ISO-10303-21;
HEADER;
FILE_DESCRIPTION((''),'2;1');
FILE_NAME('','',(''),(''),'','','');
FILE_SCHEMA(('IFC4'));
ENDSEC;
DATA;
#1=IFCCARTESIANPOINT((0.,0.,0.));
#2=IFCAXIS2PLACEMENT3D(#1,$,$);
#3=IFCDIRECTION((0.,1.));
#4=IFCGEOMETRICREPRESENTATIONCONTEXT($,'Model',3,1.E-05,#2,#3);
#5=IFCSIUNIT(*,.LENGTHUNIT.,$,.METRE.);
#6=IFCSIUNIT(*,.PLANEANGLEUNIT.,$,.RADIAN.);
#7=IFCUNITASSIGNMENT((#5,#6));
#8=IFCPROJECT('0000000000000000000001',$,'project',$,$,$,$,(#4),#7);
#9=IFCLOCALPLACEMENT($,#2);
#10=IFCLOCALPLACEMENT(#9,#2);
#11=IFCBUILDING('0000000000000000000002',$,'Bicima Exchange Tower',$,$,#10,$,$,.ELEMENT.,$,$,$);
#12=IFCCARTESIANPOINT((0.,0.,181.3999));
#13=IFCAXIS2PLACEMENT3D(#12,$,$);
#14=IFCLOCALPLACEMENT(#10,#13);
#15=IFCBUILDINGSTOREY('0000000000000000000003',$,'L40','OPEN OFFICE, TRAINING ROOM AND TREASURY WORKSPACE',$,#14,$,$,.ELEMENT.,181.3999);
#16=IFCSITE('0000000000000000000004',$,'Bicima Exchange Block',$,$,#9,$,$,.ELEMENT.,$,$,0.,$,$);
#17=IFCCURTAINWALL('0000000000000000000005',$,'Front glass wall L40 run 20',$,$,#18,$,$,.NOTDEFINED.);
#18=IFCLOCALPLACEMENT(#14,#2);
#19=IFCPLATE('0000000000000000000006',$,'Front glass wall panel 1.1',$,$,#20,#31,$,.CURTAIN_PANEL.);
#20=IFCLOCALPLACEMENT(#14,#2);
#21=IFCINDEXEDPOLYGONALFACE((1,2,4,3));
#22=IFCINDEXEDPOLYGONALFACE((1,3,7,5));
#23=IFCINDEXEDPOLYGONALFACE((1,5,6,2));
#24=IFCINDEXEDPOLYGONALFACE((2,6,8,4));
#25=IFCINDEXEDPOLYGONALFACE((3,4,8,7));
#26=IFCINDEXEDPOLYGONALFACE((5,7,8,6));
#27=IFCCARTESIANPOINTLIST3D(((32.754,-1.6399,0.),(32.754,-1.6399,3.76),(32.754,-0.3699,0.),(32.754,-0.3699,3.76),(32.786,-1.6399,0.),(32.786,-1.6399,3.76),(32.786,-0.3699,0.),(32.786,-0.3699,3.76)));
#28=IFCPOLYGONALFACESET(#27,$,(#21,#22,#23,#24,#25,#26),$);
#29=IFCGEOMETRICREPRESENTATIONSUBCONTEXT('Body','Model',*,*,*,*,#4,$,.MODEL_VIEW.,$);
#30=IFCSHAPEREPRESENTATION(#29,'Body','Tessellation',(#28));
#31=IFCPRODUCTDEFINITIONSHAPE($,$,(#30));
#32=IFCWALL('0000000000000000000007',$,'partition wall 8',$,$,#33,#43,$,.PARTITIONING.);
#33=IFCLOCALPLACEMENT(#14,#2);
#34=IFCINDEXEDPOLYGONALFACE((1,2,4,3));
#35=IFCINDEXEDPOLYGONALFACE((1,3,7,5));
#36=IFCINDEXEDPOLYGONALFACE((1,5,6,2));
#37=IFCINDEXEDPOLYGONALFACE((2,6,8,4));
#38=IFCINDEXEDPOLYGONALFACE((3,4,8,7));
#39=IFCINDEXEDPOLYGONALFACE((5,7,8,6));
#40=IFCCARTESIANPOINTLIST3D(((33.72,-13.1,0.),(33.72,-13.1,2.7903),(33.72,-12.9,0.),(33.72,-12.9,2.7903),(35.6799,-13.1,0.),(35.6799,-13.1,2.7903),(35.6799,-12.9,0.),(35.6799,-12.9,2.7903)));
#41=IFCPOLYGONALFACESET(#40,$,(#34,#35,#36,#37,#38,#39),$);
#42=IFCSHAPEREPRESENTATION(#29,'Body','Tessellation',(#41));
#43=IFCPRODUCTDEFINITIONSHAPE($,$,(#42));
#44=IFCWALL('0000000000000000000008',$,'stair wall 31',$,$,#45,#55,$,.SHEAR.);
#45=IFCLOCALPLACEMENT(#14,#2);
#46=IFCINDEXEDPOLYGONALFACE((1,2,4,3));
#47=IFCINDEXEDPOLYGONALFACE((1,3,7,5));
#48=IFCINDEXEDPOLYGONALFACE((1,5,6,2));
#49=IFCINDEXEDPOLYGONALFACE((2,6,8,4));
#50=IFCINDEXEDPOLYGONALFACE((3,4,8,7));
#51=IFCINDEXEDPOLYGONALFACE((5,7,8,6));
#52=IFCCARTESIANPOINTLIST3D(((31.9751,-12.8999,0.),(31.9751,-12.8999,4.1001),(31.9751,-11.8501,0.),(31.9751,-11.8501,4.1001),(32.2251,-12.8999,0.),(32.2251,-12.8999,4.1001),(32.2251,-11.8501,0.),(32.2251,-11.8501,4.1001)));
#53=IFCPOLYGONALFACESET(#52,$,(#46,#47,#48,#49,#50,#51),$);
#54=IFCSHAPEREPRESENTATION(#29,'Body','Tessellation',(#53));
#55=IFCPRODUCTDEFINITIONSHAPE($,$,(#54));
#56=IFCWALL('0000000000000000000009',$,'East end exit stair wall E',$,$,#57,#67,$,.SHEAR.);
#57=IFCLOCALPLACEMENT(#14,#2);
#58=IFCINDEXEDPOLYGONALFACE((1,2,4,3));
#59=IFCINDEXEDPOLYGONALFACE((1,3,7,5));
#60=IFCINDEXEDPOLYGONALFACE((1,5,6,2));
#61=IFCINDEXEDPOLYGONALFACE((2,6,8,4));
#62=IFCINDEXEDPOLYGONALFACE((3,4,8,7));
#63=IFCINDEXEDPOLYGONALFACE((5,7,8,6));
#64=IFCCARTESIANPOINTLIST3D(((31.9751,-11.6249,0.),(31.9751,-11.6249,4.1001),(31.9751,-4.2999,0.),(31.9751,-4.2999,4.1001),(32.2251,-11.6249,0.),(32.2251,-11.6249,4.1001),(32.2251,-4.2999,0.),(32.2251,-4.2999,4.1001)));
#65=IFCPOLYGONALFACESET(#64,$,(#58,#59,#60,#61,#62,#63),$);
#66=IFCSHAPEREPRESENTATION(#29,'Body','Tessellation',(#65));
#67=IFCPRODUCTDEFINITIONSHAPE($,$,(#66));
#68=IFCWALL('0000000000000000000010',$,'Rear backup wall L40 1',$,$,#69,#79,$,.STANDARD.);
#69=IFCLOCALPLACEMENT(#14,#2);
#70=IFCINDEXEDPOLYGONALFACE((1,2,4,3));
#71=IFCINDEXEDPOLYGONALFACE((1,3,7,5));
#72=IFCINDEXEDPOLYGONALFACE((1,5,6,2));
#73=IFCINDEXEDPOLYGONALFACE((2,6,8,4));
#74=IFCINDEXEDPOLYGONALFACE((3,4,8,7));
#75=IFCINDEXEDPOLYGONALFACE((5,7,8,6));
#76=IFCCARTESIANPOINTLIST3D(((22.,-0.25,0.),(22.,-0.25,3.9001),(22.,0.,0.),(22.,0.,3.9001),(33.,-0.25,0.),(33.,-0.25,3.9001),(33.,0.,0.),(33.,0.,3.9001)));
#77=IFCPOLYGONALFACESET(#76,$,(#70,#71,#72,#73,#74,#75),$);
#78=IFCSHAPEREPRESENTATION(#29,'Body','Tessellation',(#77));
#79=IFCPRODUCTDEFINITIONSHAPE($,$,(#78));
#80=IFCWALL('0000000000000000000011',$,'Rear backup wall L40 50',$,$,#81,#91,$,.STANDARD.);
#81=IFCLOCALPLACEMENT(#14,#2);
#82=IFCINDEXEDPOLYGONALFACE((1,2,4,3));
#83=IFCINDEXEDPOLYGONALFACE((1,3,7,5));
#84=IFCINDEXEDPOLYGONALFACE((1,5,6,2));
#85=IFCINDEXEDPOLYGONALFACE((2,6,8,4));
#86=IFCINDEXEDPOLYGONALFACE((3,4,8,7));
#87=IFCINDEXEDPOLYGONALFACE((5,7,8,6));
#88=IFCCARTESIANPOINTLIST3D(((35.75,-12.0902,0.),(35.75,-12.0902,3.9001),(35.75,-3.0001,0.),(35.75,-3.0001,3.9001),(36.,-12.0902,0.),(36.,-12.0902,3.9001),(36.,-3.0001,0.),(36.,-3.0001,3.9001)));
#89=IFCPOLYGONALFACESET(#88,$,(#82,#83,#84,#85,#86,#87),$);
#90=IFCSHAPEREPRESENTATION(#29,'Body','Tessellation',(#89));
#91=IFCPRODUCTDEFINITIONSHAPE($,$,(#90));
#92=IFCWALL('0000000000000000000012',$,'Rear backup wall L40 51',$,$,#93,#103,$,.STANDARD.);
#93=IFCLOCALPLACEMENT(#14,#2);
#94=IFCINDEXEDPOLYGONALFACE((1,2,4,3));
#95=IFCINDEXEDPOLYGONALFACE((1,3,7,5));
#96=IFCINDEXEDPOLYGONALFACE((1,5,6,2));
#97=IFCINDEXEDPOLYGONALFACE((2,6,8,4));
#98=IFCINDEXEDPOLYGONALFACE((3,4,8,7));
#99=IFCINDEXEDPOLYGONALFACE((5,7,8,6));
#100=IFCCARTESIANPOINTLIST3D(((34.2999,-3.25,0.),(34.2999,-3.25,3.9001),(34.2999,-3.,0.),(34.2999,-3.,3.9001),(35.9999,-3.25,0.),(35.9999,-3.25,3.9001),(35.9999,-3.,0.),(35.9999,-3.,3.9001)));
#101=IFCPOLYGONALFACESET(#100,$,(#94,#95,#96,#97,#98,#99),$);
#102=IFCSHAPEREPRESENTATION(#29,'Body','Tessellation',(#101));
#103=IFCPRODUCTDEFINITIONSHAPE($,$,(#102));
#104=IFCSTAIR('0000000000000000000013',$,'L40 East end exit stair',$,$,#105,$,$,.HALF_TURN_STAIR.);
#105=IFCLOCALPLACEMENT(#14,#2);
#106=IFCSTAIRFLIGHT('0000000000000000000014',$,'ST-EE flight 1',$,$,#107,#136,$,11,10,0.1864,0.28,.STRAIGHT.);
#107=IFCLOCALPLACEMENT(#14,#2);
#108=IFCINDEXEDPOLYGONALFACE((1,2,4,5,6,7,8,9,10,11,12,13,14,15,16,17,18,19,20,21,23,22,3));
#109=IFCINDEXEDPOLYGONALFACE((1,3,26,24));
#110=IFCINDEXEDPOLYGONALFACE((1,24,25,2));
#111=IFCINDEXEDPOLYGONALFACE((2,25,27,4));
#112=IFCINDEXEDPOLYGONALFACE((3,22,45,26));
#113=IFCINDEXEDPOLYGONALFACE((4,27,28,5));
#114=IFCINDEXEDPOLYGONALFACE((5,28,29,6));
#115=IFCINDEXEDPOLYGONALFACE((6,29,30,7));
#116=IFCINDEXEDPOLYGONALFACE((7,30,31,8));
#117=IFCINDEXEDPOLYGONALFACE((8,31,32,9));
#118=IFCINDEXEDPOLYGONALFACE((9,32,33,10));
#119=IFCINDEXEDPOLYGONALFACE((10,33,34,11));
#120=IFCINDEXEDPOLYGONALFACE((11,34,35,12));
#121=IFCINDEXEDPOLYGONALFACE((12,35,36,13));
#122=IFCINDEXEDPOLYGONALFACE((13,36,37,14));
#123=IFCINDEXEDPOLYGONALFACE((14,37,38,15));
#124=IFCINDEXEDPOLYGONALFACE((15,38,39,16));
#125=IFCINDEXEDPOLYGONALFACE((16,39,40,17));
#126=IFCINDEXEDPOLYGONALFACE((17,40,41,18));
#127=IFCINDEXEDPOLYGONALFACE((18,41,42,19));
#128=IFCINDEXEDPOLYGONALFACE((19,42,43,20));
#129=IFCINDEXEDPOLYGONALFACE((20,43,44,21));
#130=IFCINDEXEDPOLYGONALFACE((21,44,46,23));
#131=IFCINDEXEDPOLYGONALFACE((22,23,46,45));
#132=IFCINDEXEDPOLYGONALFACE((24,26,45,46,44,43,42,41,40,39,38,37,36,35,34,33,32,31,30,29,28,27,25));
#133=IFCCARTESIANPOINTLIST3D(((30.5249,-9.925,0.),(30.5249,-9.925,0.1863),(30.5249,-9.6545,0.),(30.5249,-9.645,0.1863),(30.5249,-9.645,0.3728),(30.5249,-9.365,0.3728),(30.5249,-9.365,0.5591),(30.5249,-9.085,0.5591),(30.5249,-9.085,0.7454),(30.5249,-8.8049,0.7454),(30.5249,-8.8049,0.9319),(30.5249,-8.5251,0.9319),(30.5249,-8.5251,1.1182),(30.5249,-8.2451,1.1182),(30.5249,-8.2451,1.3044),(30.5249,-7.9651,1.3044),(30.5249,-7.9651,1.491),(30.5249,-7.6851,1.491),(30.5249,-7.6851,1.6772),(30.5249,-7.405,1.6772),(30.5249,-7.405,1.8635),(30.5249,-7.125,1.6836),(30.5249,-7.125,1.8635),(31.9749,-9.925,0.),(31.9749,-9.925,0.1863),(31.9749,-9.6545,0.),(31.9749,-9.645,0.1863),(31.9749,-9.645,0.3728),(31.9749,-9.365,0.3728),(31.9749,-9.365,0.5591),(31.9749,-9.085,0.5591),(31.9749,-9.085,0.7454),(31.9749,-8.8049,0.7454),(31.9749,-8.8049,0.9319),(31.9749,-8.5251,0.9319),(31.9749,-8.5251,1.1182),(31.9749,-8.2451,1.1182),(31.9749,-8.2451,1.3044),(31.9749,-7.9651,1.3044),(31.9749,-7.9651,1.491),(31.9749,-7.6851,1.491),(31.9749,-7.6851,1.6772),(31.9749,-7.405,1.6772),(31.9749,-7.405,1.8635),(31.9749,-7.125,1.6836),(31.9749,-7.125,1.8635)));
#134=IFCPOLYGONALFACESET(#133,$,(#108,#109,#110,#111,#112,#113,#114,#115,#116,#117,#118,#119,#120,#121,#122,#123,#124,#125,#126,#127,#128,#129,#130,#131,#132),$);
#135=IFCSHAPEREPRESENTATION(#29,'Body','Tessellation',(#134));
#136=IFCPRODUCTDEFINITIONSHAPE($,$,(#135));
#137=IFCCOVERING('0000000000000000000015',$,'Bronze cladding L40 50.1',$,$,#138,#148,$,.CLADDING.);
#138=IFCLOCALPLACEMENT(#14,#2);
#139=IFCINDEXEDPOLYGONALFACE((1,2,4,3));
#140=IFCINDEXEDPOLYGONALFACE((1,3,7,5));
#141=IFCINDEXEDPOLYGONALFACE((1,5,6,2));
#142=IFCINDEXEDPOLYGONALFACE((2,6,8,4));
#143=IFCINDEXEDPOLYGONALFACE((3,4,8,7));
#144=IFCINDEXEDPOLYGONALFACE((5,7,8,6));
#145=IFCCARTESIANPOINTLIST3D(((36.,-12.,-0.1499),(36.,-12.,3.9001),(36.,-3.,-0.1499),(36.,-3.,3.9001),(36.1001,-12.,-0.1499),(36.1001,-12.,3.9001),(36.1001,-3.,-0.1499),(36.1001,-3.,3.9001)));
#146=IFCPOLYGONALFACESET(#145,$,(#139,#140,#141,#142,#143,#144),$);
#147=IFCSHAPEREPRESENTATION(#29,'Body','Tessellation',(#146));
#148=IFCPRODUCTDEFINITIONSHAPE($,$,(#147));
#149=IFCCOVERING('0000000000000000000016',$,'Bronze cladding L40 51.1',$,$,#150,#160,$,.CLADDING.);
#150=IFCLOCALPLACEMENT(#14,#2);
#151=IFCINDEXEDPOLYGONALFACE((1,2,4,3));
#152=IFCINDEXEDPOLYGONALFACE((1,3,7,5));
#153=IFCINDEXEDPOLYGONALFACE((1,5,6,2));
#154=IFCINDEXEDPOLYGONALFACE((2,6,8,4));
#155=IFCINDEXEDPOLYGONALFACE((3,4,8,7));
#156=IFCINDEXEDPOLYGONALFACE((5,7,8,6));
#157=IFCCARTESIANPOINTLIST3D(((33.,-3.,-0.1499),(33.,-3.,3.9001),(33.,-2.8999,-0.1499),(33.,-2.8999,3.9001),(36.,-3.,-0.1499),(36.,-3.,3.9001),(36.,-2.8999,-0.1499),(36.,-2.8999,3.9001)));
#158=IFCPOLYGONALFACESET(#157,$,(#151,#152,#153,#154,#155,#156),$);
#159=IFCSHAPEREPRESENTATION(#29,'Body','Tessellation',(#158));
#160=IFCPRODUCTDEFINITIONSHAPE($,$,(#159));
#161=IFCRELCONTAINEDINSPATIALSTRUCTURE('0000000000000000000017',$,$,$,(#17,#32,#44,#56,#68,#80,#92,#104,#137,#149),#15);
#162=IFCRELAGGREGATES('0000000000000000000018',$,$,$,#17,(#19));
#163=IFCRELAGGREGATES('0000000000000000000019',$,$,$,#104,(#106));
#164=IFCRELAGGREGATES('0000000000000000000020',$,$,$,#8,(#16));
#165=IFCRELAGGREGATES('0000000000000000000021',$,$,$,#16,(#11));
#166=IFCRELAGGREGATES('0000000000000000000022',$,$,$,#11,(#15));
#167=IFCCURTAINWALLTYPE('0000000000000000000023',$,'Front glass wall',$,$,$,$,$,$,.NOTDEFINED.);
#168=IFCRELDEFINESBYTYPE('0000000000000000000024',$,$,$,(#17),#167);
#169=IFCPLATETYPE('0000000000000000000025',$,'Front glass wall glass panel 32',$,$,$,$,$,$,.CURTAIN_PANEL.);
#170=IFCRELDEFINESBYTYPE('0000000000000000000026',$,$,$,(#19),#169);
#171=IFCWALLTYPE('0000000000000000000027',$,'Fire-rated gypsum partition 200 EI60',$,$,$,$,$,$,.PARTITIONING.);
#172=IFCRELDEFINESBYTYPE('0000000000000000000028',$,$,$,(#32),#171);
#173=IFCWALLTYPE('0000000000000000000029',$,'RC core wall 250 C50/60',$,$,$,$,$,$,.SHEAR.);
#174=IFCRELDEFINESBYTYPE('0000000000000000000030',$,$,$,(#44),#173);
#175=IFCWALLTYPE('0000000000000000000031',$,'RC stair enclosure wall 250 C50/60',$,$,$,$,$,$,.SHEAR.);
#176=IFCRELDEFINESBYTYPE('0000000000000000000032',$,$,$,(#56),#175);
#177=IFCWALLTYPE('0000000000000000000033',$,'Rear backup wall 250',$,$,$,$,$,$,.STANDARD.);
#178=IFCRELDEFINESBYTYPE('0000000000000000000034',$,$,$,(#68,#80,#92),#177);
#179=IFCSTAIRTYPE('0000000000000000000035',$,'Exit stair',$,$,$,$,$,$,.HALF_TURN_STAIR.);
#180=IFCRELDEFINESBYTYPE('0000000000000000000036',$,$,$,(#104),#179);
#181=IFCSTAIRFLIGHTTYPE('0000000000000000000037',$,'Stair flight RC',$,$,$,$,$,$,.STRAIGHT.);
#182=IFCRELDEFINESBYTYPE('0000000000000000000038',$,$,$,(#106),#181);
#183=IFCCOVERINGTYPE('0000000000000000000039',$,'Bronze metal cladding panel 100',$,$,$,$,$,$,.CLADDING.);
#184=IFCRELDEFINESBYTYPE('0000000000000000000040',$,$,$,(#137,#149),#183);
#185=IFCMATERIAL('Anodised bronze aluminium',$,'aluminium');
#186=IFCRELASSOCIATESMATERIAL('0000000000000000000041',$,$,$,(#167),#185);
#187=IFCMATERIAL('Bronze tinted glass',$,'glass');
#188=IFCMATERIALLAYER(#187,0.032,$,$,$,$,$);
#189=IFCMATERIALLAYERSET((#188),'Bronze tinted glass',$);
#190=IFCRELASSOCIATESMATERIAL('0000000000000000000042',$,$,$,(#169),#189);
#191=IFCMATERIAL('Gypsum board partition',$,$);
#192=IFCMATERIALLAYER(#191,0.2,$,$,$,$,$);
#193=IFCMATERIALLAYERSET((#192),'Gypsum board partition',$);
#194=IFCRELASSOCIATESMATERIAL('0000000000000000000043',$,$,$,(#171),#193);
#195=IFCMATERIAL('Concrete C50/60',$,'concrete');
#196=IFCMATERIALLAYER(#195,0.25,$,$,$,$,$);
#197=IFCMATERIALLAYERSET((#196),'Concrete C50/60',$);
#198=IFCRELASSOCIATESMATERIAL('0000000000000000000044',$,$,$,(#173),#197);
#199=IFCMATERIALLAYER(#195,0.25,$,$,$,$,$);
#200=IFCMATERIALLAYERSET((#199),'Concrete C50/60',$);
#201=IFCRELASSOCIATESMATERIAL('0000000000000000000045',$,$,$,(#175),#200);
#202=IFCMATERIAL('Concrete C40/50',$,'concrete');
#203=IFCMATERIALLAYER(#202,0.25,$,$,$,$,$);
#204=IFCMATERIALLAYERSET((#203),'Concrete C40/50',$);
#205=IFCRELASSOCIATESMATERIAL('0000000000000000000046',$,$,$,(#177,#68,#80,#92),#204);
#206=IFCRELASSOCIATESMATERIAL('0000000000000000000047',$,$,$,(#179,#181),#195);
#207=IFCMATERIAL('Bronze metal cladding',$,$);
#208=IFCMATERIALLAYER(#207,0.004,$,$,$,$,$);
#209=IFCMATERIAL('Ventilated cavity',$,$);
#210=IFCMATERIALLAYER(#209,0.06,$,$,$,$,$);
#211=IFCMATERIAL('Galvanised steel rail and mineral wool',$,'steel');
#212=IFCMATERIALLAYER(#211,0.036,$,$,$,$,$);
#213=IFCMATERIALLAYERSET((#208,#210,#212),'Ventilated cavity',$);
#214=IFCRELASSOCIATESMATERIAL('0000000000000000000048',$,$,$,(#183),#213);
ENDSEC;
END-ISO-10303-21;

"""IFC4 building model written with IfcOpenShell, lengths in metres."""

from ifc_helpers import new_model, si_unit, direction, frame, frame_2d, origin, origin_2d, place, context, subcontext, project, spatial, polyline, rectangle, outline, extrude, material, layer, layer_set, layer_usage, type_object, element, aggregate, save


model = new_model("IFC4")

# Units and contexts
model_context = context("Model", 3, precision=1e-05, world=origin(), true_north=direction((0.0, 1.0)))
body_context = subcontext(model_context, "Body", "Model", "MODEL_VIEW")
ifc_project = project(units=[si_unit("LENGTHUNIT", "METRE"), si_unit("PLANEANGLEUNIT", "RADIAN")], contexts=[model_context])

# Site, building, storey
site_placement = place(None, origin())
site = spatial("IfcSite", under=ifc_project, at=site_placement, Name="Bicima Exchange Block", CompositionType="ELEMENT", RefElevation=0.0)
building_placement = place(site_placement, origin())
building = spatial("IfcBuilding", under=site, at=building_placement, Name="Bicima Exchange Tower", CompositionType="ELEMENT")
storey_placement = place(building_placement, frame((0.0, 0.0, 181.3999)))
storey = spatial("IfcBuildingStorey", under=building, at=storey_placement, Name="L40", Description="OPEN OFFICE, TRAINING ROOM AND TREASURY WORKSPACE", CompositionType="ELEMENT", Elevation=181.3999)

# Shared definitions
ifc_material_1 = material(Name="Anodised bronze aluminium", Category="aluminium")

# Curtain wall
curtain_wall_type_1 = type_object("IfcCurtainWallType", Name="Front glass wall", PredefinedType="NOTDEFINED", material=ifc_material_1)
curtain_wall_1_placement = place(storey_placement, origin())
curtain_wall_1 = element("IfcCurtainWall", 1, at=curtain_wall_1_placement, inside=storey, type_object=curtain_wall_type_1, Name="Front glass wall L40 run 20", PredefinedType="NOTDEFINED")

# Plate
ifc_material_2 = material(Name="Bronze tinted glass", Category="glass")
ifc_layer_1 = layer(ifc_material_2, 0.032)
ifc_layer_set_1 = layer_set([ifc_layer_1], Name="Bronze tinted glass")
plate_type = type_object("IfcPlateType", Name="Front glass wall glass panel 32", PredefinedType="CURTAIN_PANEL", material=ifc_layer_set_1)
plate_placement = place(storey_placement, frame((32.77, -1.0049, 0.0), z_axis=(0.0, 0.0, 1.0), x_axis=(0.0, 1.0, 0.0)))
plate = element("IfcPlate", 2, at=plate_placement, type_object=plate_type, Name="Front glass wall panel 1.1", PredefinedType="CURTAIN_PANEL", context=body_context, shape_type="SweptSolid", body=[
    extrude(rectangle(XDim=1.27, YDim=0.032, at=origin_2d()), origin(), (0.0, 0.0, 1.0), 3.76),
])
aggregate(curtain_wall_1, [plate])

# Walls
ifc_material_3 = material(Name="Gypsum board partition")
ifc_layer_2 = layer(ifc_material_3, 0.2)
ifc_layer_set_2 = layer_set([ifc_layer_2], Name="Gypsum board partition")
wall_type_1 = type_object("IfcWallType", Name="Fire-rated gypsum partition 200 EI60", PredefinedType="PARTITIONING", material=ifc_layer_set_2)
wall_1_placement = place(storey_placement, frame((33.72, -13.0, 0.0), z_axis=(0.0, 0.0, 1.0), x_axis=(1.0, 0.0, 0.0)))
element("IfcWall", 3, at=wall_1_placement, inside=storey, type_object=wall_type_1, Name="partition wall 8", PredefinedType="PARTITIONING", context=body_context, shape_type="SweptSolid", body=[
    extrude(rectangle(XDim=1.96, YDim=0.2, at=frame_2d((0.98, 0.0))), origin(), (0.0, 0.0, 1.0), 2.7903),
])
ifc_material_4 = material(Name="Concrete C50/60", Category="concrete")
ifc_layer_3 = layer(ifc_material_4, 0.25)
ifc_layer_set_3 = layer_set([ifc_layer_3], Name="Concrete C50/60")
wall_type_2 = type_object("IfcWallType", Name="RC core wall 250 C50/60", PredefinedType="SHEAR", material=ifc_layer_set_3)
wall_2_placement = place(storey_placement, frame((32.1001, -12.8999, 0.0), z_axis=(0.0, 0.0, 1.0), x_axis=(0.0, 1.0, 0.0)))
element("IfcWall", 4, at=wall_2_placement, inside=storey, type_object=wall_type_2, Name="stair wall 31", PredefinedType="SHEAR", context=body_context, shape_type="SweptSolid", body=[
    extrude(rectangle(XDim=1.0498, YDim=0.25, at=frame_2d((0.5249, 0.0))), origin(), (0.0, 0.0, 1.0), 4.1001),
])
ifc_layer_4 = layer(ifc_material_4, 0.25)
ifc_layer_set_4 = layer_set([ifc_layer_4], Name="Concrete C50/60")
wall_type_3 = type_object("IfcWallType", Name="RC stair enclosure wall 250 C50/60", PredefinedType="SHEAR", material=ifc_layer_set_4)
wall_3_placement = place(storey_placement, frame((32.1001, -11.625, 0.0), z_axis=(0.0, 0.0, 1.0), x_axis=(0.0, 1.0, 0.0)))
element("IfcWall", 5, at=wall_3_placement, inside=storey, type_object=wall_type_3, Name="East end exit stair wall E", PredefinedType="SHEAR", context=body_context, shape_type="SweptSolid", body=[
    extrude(rectangle(XDim=7.325, YDim=0.25, at=frame_2d((3.6626, 0.0))), origin(), (0.0, 0.0, 1.0), 4.1001),
])
ifc_material_5 = material(Name="Concrete C40/50", Category="concrete")
ifc_layer_5 = layer(ifc_material_5, 0.25)
ifc_layer_set_5 = layer_set([ifc_layer_5], Name="Concrete C40/50")
ifc_layer_usage = layer_usage(ifc_layer_set_5, "AXIS2", "POSITIVE", -0.125)
wall_type_4 = type_object("IfcWallType", Name="Rear backup wall 250", PredefinedType="STANDARD", material=ifc_layer_set_5)
wall_4_placement = place(storey_placement, frame((33.0, -0.125, 0.0), z_axis=(0.0, 0.0, 1.0), x_axis=(-1.0, 0.0, 0.0)))
element("IfcWall", 6, at=wall_4_placement, inside=storey, type_object=wall_type_4, material=ifc_layer_usage, Name="Rear backup wall L40 1", PredefinedType="STANDARD", context=body_context, shape_type="SweptSolid", body=[
    extrude(rectangle(XDim=11.0, YDim=0.25, at=frame_2d((5.5, 0.0))), origin(), (0.0, 0.0, 1.0), 3.9001),
])
wall_5_placement = place(storey_placement, frame((35.875, -12.0901, 0.0), z_axis=(0.0, 0.0, 1.0), x_axis=(0.0, 1.0, 0.0)))
element("IfcWall", 7, at=wall_5_placement, inside=storey, type_object=wall_type_4, material=ifc_layer_usage, Name="Rear backup wall L40 50", PredefinedType="STANDARD", context=body_context, shape_type="SweptSolid", body=[
    extrude(rectangle(XDim=9.0901, YDim=0.25, at=frame_2d((4.5449, 0.0))), origin(), (0.0, 0.0, 1.0), 3.9001),
])
wall_6_placement = place(storey_placement, frame((36.0, -3.125, 0.0), z_axis=(0.0, 0.0, 1.0), x_axis=(-1.0, 0.0, 0.0)))
element("IfcWall", 8, at=wall_6_placement, inside=storey, type_object=wall_type_4, material=ifc_layer_usage, Name="Rear backup wall L40 51", PredefinedType="STANDARD", context=body_context, shape_type="SweptSolid", body=[
    extrude(rectangle(XDim=1.7, YDim=0.25, at=frame_2d((0.8501, 0.0))), origin(), (0.0, 0.0, 1.0), 3.9001),
])

# Stair, stair flight
stair_type = type_object("IfcStairType", Name="Exit stair", PredefinedType="HALF_TURN_STAIR", material=ifc_material_4)
stair_placement = place(storey_placement, origin())
stair = element("IfcStair", 9, at=stair_placement, inside=storey, type_object=stair_type, Name="L40 East end exit stair", PredefinedType="HALF_TURN_STAIR")
stair_flight_type = type_object("IfcStairFlightType", Name="Stair flight RC", PredefinedType="STRAIGHT", material=ifc_material_4)
stair_flight_placement = place(storey_placement, frame((31.25, -9.925, 0.0), z_axis=(0.0, 0.0, 1.0), x_axis=(0.0, 1.0, 0.0)))
stair_flight = element("IfcStairFlight", 10, at=stair_flight_placement, type_object=stair_flight_type, Name="ST-EE flight 1", NumberOfRisers=11, NumberOfTreads=10, PredefinedType="STRAIGHT", RiserHeight=0.1864, TreadLength=0.28, context=body_context, shape_type="SweptSolid", body=[
    extrude(outline(polyline([(0.0, 0.0), (0.0, 0.1863), (0.28, 0.1863), (0.28, 0.3728), (0.5601, 0.3728), (0.5601, 0.5591), (0.8401, 0.5591), (0.8401, 0.7454), (1.1201, 0.7454), (1.1201, 0.9319), (1.3999, 0.9319), (1.3999, 1.1182), (1.6799, 1.1182), (1.6799, 1.3044), (1.96, 1.3044), (1.96, 1.491), (2.24, 1.491), (2.24, 1.6772), (2.52, 1.6772), (2.52, 1.8635), (2.8, 1.8635), (2.8, 2.05), (2.8, 1.6836), (0.2705, 0.0), (0.0, 0.0)])), frame((0.0, 0.7251, 0.0), z_axis=(0.0, -1.0, 0.0), x_axis=(1.0, 0.0, 0.0)), (0.0, 0.0, 1.0), 1.45),
])
aggregate(stair, [stair_flight])

# Coverings
ifc_material_6 = material(Name="Bronze metal cladding")
ifc_layer_6 = layer(ifc_material_6, 0.004)
ifc_material_7 = material(Name="Ventilated cavity")
ifc_layer_7 = layer(ifc_material_7, 0.06)
ifc_material_8 = material(Name="Galvanised steel rail and mineral wool", Category="steel")
ifc_layer_8 = layer(ifc_material_8, 0.036)
ifc_layer_set_6 = layer_set([ifc_layer_6, ifc_layer_7, ifc_layer_8], Name="Ventilated cavity")
covering_type = type_object("IfcCoveringType", Name="Bronze metal cladding panel 100", PredefinedType="CLADDING", material=ifc_layer_set_6)
covering_1_placement = place(storey_placement, frame((36.05, -7.5, -0.1499), z_axis=(0.0, 0.0, 1.0), x_axis=(0.0, 1.0, 0.0)))
element("IfcCovering", 11, at=covering_1_placement, inside=storey, type_object=covering_type, Name="Bronze cladding L40 50.1", PredefinedType="CLADDING", context=body_context, shape_type="SweptSolid", body=[
    extrude(rectangle(XDim=9.0, YDim=0.1001, at=origin_2d()), origin(), (0.0, 0.0, 1.0), 4.05),
])
covering_2_placement = place(storey_placement, frame((34.5, -2.95, -0.1499), z_axis=(0.0, 0.0, 1.0), x_axis=(-1.0, 0.0, 0.0)))
element("IfcCovering", 12, at=covering_2_placement, inside=storey, type_object=covering_type, Name="Bronze cladding L40 51.1", PredefinedType="CLADDING", context=body_context, shape_type="SweptSolid", body=[
    extrude(rectangle(XDim=3.0, YDim=0.1001, at=origin_2d()), origin(), (0.0, 0.0, 1.0), 4.05),
])

save(model, "model.ifc")
